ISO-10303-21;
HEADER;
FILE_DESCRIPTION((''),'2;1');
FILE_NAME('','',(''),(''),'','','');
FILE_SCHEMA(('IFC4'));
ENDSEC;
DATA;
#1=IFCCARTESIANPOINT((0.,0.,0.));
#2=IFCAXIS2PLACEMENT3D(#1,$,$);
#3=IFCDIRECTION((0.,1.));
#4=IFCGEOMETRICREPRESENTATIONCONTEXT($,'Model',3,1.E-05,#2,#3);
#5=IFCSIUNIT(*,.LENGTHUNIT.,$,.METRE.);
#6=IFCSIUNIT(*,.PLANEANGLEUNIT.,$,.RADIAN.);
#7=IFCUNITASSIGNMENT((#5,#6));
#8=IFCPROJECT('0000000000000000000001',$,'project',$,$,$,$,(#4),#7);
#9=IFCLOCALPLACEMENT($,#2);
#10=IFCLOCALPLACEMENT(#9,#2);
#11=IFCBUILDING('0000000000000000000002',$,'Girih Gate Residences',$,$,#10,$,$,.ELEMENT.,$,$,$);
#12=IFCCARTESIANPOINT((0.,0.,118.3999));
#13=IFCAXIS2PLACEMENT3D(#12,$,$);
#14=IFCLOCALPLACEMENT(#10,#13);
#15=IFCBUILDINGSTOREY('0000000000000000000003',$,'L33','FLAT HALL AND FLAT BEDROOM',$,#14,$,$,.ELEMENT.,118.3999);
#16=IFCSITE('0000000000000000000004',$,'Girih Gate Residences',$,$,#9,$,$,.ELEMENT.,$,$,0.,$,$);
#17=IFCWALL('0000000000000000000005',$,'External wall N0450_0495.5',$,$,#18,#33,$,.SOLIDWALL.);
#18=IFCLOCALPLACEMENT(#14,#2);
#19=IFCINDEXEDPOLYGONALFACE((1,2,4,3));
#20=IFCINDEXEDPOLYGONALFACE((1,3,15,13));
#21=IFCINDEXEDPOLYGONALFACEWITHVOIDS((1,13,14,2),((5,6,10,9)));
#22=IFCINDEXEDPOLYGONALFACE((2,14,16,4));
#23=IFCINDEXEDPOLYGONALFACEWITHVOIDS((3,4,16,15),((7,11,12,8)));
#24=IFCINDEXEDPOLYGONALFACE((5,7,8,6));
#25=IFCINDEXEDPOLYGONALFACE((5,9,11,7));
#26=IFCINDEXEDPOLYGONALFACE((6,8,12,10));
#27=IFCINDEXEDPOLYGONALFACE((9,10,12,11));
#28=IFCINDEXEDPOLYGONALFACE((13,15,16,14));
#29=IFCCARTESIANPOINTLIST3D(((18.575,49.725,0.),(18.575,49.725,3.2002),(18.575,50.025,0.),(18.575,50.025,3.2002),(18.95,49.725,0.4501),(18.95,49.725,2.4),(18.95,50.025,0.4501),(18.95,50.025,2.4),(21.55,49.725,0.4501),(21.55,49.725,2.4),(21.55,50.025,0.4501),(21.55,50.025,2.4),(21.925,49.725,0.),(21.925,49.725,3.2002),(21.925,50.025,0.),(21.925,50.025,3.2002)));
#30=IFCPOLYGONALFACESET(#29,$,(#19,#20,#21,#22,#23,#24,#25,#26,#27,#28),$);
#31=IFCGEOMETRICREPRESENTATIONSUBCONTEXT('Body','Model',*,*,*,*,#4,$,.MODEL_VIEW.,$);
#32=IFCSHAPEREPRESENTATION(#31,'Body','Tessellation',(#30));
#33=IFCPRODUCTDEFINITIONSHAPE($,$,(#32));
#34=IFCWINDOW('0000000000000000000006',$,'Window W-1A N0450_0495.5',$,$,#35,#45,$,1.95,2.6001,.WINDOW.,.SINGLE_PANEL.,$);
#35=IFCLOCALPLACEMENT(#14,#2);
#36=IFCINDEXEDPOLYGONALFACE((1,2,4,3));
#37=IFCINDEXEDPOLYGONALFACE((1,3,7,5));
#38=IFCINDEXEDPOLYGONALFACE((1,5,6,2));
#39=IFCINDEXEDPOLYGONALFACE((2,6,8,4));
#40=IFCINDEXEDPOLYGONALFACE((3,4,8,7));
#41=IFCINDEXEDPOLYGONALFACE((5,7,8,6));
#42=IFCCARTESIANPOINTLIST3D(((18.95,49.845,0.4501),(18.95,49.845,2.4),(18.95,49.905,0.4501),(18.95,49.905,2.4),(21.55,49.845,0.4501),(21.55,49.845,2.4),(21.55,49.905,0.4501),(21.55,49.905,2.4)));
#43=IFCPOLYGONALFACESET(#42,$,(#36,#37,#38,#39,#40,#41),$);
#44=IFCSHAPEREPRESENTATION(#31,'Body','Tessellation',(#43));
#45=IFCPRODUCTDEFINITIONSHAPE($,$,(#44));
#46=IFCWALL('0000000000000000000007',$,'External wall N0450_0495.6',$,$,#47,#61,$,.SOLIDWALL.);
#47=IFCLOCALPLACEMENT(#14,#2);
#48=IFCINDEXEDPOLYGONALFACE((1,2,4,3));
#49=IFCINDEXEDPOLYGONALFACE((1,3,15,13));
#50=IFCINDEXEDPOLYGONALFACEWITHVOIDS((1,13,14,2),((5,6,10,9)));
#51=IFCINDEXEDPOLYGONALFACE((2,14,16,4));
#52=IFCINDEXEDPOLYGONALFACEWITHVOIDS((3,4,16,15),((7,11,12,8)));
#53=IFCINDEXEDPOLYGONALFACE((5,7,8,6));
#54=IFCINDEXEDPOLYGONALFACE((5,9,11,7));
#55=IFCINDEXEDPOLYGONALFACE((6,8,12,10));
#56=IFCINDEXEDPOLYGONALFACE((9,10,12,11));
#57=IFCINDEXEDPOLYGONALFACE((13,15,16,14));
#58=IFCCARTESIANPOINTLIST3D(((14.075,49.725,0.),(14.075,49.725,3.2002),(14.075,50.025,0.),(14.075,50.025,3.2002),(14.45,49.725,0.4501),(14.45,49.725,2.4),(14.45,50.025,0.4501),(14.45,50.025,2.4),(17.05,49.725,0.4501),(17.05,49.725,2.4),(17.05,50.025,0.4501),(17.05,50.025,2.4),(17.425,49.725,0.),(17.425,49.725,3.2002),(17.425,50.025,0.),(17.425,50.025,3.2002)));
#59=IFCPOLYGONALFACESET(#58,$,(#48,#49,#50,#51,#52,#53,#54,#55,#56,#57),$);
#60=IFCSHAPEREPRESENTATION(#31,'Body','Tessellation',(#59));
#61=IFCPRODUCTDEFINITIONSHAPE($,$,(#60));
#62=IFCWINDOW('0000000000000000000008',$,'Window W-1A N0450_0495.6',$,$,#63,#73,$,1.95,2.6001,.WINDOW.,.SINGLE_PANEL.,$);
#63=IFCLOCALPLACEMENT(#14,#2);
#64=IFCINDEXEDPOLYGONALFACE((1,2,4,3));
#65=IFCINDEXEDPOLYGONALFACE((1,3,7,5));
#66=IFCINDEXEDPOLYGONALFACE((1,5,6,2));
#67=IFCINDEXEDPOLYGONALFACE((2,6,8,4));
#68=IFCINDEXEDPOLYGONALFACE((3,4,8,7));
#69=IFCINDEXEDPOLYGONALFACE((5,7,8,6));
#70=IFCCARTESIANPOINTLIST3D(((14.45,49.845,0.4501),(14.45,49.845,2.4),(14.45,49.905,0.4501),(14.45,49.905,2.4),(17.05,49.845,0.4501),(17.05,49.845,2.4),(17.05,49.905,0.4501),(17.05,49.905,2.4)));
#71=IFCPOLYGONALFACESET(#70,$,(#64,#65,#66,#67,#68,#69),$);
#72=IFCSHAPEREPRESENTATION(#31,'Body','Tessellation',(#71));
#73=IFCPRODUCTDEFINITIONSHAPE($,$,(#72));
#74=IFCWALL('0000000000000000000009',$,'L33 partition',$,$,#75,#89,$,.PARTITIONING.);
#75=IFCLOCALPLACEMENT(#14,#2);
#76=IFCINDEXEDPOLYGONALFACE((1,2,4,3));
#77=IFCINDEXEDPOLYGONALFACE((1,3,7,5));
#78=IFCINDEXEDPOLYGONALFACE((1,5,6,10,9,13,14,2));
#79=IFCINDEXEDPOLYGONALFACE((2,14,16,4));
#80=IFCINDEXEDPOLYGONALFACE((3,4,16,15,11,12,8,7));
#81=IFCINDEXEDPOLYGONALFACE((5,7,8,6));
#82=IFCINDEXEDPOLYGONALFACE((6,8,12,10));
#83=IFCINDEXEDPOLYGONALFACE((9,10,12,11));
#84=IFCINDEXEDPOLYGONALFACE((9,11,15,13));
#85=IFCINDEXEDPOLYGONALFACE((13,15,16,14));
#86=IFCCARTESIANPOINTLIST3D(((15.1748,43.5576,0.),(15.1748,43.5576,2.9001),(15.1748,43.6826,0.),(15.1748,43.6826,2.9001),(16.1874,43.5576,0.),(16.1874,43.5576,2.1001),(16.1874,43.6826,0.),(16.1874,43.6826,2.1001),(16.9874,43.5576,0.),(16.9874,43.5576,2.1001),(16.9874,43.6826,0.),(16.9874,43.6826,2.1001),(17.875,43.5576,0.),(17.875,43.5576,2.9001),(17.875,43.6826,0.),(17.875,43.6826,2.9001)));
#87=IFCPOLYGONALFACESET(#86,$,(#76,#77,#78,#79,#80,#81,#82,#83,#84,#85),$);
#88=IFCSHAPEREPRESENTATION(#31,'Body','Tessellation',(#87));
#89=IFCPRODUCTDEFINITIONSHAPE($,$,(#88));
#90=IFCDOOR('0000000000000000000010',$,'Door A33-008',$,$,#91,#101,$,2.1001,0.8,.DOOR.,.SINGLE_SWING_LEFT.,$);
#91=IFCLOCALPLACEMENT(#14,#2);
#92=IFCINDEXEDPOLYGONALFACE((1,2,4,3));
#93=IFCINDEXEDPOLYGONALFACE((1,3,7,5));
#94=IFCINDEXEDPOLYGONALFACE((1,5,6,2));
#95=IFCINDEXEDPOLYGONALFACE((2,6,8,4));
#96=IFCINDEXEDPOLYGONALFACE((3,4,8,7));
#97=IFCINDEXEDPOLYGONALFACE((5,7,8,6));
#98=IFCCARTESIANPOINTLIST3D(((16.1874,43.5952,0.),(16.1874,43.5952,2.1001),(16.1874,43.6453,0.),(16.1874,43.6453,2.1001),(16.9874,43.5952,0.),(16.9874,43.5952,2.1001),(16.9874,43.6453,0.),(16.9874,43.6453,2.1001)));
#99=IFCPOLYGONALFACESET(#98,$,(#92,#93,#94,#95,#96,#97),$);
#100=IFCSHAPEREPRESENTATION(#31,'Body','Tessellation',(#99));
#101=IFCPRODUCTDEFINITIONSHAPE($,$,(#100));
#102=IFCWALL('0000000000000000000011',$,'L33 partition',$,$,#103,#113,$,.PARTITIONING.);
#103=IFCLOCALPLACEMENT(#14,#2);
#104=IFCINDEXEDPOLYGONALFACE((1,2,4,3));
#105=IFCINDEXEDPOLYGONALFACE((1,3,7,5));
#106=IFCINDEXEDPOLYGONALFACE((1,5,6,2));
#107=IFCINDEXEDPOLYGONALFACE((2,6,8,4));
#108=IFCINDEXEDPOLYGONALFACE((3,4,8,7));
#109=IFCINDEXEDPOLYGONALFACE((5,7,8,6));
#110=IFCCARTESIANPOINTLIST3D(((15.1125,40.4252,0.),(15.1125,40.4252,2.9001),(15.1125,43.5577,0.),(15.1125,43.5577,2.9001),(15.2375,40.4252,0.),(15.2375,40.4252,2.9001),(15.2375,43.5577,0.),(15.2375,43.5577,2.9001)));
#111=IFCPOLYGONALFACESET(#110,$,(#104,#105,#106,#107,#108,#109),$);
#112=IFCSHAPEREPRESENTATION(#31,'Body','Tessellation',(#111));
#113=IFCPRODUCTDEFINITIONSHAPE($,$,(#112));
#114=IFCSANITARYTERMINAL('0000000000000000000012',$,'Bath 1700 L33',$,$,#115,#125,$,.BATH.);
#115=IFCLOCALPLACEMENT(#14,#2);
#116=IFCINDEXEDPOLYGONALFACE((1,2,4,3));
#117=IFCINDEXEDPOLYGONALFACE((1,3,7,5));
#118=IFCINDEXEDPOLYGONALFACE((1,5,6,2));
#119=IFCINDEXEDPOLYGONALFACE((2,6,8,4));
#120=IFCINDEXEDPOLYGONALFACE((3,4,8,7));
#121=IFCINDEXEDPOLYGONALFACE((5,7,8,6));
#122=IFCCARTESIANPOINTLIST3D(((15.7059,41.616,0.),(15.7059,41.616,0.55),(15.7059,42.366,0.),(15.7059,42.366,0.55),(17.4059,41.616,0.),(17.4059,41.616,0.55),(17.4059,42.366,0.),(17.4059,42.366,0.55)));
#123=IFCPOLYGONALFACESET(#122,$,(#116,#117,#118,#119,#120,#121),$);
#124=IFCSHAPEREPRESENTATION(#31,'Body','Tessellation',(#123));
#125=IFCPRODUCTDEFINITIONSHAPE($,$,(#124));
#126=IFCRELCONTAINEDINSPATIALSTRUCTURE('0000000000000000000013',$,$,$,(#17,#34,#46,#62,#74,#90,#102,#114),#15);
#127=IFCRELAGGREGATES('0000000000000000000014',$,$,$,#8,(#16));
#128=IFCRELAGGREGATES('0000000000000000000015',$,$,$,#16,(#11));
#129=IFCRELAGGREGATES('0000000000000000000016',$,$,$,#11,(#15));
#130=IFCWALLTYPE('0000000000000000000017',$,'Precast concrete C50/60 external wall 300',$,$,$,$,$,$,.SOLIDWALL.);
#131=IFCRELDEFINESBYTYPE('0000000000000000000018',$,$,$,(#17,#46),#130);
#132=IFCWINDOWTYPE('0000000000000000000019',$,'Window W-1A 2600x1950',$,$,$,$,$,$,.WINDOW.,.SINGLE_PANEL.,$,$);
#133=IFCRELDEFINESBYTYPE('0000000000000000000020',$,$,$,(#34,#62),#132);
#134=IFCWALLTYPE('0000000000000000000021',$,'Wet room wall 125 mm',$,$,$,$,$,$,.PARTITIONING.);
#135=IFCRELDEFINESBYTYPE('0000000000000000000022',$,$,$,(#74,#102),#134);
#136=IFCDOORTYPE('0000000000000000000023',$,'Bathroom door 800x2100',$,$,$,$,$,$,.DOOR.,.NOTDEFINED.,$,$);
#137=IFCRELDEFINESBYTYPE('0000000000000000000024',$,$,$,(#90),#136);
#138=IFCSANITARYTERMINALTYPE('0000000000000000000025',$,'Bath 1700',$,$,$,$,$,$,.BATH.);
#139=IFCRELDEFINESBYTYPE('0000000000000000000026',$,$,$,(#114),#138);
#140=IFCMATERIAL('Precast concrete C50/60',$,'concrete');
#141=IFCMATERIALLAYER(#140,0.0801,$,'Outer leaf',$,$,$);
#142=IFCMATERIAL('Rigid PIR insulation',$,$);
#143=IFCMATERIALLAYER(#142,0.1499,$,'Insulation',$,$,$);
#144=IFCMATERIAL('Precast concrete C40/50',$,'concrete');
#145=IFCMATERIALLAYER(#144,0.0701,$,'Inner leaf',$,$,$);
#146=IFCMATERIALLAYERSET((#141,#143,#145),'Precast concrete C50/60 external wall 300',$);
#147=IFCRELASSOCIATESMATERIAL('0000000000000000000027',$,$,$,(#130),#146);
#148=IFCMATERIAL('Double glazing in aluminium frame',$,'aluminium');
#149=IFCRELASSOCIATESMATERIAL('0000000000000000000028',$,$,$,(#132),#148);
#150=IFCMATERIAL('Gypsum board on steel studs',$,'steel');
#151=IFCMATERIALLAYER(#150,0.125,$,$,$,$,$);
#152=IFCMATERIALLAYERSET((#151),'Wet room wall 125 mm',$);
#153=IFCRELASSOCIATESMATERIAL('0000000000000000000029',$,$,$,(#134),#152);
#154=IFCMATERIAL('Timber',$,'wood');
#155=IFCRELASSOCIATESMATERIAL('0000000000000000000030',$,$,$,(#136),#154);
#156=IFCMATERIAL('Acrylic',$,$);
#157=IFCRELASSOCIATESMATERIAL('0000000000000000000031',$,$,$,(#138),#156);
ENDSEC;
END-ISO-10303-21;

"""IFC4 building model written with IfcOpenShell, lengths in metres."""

from ifc_helpers import new_model, si_unit, direction, frame, frame_2d, origin, origin_2d, place, context, subcontext, project, spatial, rectangle, extrude, material, layer, layer_set, type_object, element, fill, save


model = new_model("IFC4")

# Units and contexts
model_context = context("Model", 3, precision=1e-05, world=origin(), true_north=direction((0.0, 1.0)))
body_context = subcontext(model_context, "Body", "Model", "MODEL_VIEW")
ifc_project = project(units=[si_unit("LENGTHUNIT", "METRE"), si_unit("PLANEANGLEUNIT", "RADIAN")], contexts=[model_context])

# Site, building, storey
site_placement = place(None, origin())
site = spatial("IfcSite", under=ifc_project, at=site_placement, Name="Girih Gate Residences", CompositionType="ELEMENT", RefElevation=0.0)
building_placement = place(site_placement, origin())
building = spatial("IfcBuilding", under=site, at=building_placement, Name="Girih Gate Residences", CompositionType="ELEMENT")
storey_placement = place(building_placement, frame((0.0, 0.0, 118.3999)))
storey = spatial("IfcBuildingStorey", under=building, at=storey_placement, Name="L33", Description="FLAT HALL AND FLAT BEDROOM", CompositionType="ELEMENT", Elevation=118.3999)

# Shared definitions
ifc_material_1 = material(Name="Gypsum board on steel studs", Category="steel")

# Shared definitions
ifc_material_2 = material(Name="Timber", Category="wood")

# Walls, openings, windows
ifc_material_3 = material(Name="Precast concrete C50/60", Category="concrete")
ifc_layer_1 = layer(ifc_material_3, 0.0801, Name="Outer leaf")
ifc_material_4 = material(Name="Rigid PIR insulation")
ifc_layer_2 = layer(ifc_material_4, 0.1499, Name="Insulation")
ifc_material_5 = material(Name="Precast concrete C40/50", Category="concrete")
ifc_layer_3 = layer(ifc_material_5, 0.0701, Name="Inner leaf")
ifc_layer_set_1 = layer_set([ifc_layer_1, ifc_layer_2, ifc_layer_3], Name="Precast concrete C50/60 external wall 300")
wall_type_1 = type_object("IfcWallType", Name="Precast concrete C50/60 external wall 300", PredefinedType="SOLIDWALL", material=ifc_layer_set_1)
ifc_material_6 = material(Name="Double glazing in aluminium frame", Category="aluminium")
window_type = type_object("IfcWindowType", Name="Window W-1A 2600x1950", PartitioningType="SINGLE_PANEL", PredefinedType="WINDOW", material=ifc_material_6)
wall_1_placement = place(storey_placement, frame((18.575, 49.875, 0.0), z_axis=(0.0, 0.0, 1.0), x_axis=(1.0, 0.0, 0.0)))
wall_1 = element("IfcWall", 1, at=wall_1_placement, inside=storey, type_object=wall_type_1, Name="External wall N0450_0495.5", PredefinedType="SOLIDWALL", context=body_context, shape_type="SweptSolid", body=[
    extrude(rectangle(XDim=3.3501, YDim=0.3, at=frame_2d((1.675, 0.0))), origin(), (0.0, 0.0, 1.0), 3.2002),
])
opening_1_placement = place(wall_1_placement, frame((0.375, 0.0, 0.45)))
opening_1 = element("IfcOpeningElement", 2, at=opening_1_placement, cuts=wall_1, PredefinedType="OPENING", context=body_context, shape_type="SweptSolid", body=[
    extrude(rectangle(XDim=2.6001, YDim=1.95, at=frame_2d((1.3, 0.9751))), frame((0.0, 0.1599, 0.0), z_axis=(0.0, -1.0, 0.0), x_axis=(1.0, 0.0, 0.0)), (0.0, 0.0, 1.0), 0.3201),
])
window_1_placement = place(opening_1_placement, origin())
window_1 = element("IfcWindow", 3, at=window_1_placement, inside=storey, type_object=window_type, Name="Window W-1A N0450_0495.5", OverallHeight=1.95, OverallWidth=2.6001, PartitioningType="SINGLE_PANEL", PredefinedType="WINDOW", context=body_context, shape_type="SweptSolid", body=[
    extrude(rectangle(XDim=2.6001, YDim=1.95, at=frame_2d((1.3, 0.9751))), frame((0.0, 0.03, 0.0), z_axis=(0.0, -1.0, 0.0), x_axis=(1.0, 0.0, 0.0)), (0.0, 0.0, 1.0), 0.0601),
])
fill(opening_1, window_1)
wall_2_placement = place(storey_placement, frame((14.075, 49.875, 0.0), z_axis=(0.0, 0.0, 1.0), x_axis=(1.0, 0.0, 0.0)))
wall_2 = element("IfcWall", 4, at=wall_2_placement, inside=storey, type_object=wall_type_1, Name="External wall N0450_0495.6", PredefinedType="SOLIDWALL", context=body_context, shape_type="SweptSolid", body=[
    extrude(rectangle(XDim=3.3501, YDim=0.3, at=frame_2d((1.675, 0.0))), origin(), (0.0, 0.0, 1.0), 3.2002),
])
opening_2_placement = place(wall_2_placement, frame((0.375, 0.0, 0.45)))
opening_2 = element("IfcOpeningElement", 5, at=opening_2_placement, cuts=wall_2, PredefinedType="OPENING", context=body_context, shape_type="SweptSolid", body=[
    extrude(rectangle(XDim=2.6001, YDim=1.95, at=frame_2d((1.3, 0.9751))), frame((0.0, 0.1599, 0.0), z_axis=(0.0, -1.0, 0.0), x_axis=(1.0, 0.0, 0.0)), (0.0, 0.0, 1.0), 0.3201),
])
window_2_placement = place(opening_2_placement, origin())
window_2 = element("IfcWindow", 6, at=window_2_placement, inside=storey, type_object=window_type, Name="Window W-1A N0450_0495.6", OverallHeight=1.95, OverallWidth=2.6001, PartitioningType="SINGLE_PANEL", PredefinedType="WINDOW", context=body_context, shape_type="SweptSolid", body=[
    extrude(rectangle(XDim=2.6001, YDim=1.95, at=frame_2d((1.3, 0.9751))), frame((0.0, 0.03, 0.0), z_axis=(0.0, -1.0, 0.0), x_axis=(1.0, 0.0, 0.0)), (0.0, 0.0, 1.0), 0.0601),
])
fill(opening_2, window_2)

# Wall, opening, door
ifc_layer_4 = layer(ifc_material_1, 0.125)
ifc_layer_set_2 = layer_set([ifc_layer_4], Name="Wet room wall 125 mm")
wall_type_2 = type_object("IfcWallType", Name="Wet room wall 125 mm", PredefinedType="PARTITIONING", material=ifc_layer_set_2)
wall_3_placement = place(storey_placement, frame((17.875, 43.6201, 0.0), z_axis=(0.0, 0.0, 1.0), x_axis=(-1.0, 0.0, 0.0)))
wall_3 = element("IfcWall", 7, at=wall_3_placement, inside=storey, type_object=wall_type_2, Name="L33 partition", PredefinedType="PARTITIONING", context=body_context, shape_type="SweptSolid", body=[
    extrude(rectangle(XDim=2.7002, YDim=0.125, at=frame_2d((1.3501, 0.0))), origin(), (0.0, 0.0, 1.0), 2.9001),
])
opening_3_placement = place(wall_3_placement, frame((0.8877, 0.0, 0.0)))
opening_3 = element("IfcOpeningElement", 8, at=opening_3_placement, cuts=wall_3, PredefinedType="OPENING", context=body_context, shape_type="SweptSolid", body=[
    extrude(rectangle(XDim=0.8, YDim=2.1001, at=frame_2d((0.3999, 1.05))), frame((0.0, 0.0725, 0.0), z_axis=(0.0, -1.0, 0.0), x_axis=(1.0, 0.0, 0.0)), (0.0, 0.0, 1.0), 0.145),
])
door_type_1 = type_object("IfcDoorType", Name="Bathroom door 800x2100", OperationType="NOTDEFINED", PredefinedType="DOOR", material=ifc_material_2)
door_1_placement = place(opening_3_placement, origin())
door_1 = element("IfcDoor", 9, at=door_1_placement, inside=storey, type_object=door_type_1, Name="Door A33-008", OperationType="SINGLE_SWING_LEFT", OverallHeight=2.1001, OverallWidth=0.8, PredefinedType="DOOR", context=body_context, shape_type="SweptSolid", body=[
    extrude(rectangle(XDim=0.8, YDim=2.1001, at=frame_2d((0.3999, 1.05))), frame((0.0, 0.0249, 0.0), z_axis=(0.0, -1.0, 0.0), x_axis=(1.0, 0.0, 0.0)), (0.0, 0.0, 1.0), 0.05),
])
fill(opening_3, door_1)

# Wall
wall_4_placement = place(storey_placement, frame((15.175, 40.425, 0.0), z_axis=(0.0, 0.0, 1.0), x_axis=(0.0, 1.0, 0.0)))
element("IfcWall", 10, at=wall_4_placement, inside=storey, type_object=wall_type_2, Name="L33 partition", PredefinedType="PARTITIONING", context=body_context, shape_type="SweptSolid", body=[
    extrude(rectangle(XDim=3.1326, YDim=0.125, at=frame_2d((1.5664, 0.0))), origin(), (0.0, 0.0, 1.0), 2.9001),
])

# Sanitary terminal
ifc_material_7 = material(Name="Acrylic")
sanitary_terminal_type = type_object("IfcSanitaryTerminalType", Name="Bath 1700", PredefinedType="BATH", material=ifc_material_7)
sanitary_terminal_placement = place(storey_placement, frame((16.5559, 41.991, 0.0), z_axis=(0.0, 0.0, 1.0), x_axis=(1.0, 0.0, 0.0)))
element("IfcSanitaryTerminal", 11, at=sanitary_terminal_placement, inside=storey, type_object=sanitary_terminal_type, Name="Bath 1700 L33", PredefinedType="BATH", context=body_context, shape_type="SweptSolid", body=[
    extrude(rectangle(XDim=1.7, YDim=0.75, at=origin_2d()), origin(), (0.0, 0.0, 1.0), 0.55),
])

save(model, "model.ifc")
